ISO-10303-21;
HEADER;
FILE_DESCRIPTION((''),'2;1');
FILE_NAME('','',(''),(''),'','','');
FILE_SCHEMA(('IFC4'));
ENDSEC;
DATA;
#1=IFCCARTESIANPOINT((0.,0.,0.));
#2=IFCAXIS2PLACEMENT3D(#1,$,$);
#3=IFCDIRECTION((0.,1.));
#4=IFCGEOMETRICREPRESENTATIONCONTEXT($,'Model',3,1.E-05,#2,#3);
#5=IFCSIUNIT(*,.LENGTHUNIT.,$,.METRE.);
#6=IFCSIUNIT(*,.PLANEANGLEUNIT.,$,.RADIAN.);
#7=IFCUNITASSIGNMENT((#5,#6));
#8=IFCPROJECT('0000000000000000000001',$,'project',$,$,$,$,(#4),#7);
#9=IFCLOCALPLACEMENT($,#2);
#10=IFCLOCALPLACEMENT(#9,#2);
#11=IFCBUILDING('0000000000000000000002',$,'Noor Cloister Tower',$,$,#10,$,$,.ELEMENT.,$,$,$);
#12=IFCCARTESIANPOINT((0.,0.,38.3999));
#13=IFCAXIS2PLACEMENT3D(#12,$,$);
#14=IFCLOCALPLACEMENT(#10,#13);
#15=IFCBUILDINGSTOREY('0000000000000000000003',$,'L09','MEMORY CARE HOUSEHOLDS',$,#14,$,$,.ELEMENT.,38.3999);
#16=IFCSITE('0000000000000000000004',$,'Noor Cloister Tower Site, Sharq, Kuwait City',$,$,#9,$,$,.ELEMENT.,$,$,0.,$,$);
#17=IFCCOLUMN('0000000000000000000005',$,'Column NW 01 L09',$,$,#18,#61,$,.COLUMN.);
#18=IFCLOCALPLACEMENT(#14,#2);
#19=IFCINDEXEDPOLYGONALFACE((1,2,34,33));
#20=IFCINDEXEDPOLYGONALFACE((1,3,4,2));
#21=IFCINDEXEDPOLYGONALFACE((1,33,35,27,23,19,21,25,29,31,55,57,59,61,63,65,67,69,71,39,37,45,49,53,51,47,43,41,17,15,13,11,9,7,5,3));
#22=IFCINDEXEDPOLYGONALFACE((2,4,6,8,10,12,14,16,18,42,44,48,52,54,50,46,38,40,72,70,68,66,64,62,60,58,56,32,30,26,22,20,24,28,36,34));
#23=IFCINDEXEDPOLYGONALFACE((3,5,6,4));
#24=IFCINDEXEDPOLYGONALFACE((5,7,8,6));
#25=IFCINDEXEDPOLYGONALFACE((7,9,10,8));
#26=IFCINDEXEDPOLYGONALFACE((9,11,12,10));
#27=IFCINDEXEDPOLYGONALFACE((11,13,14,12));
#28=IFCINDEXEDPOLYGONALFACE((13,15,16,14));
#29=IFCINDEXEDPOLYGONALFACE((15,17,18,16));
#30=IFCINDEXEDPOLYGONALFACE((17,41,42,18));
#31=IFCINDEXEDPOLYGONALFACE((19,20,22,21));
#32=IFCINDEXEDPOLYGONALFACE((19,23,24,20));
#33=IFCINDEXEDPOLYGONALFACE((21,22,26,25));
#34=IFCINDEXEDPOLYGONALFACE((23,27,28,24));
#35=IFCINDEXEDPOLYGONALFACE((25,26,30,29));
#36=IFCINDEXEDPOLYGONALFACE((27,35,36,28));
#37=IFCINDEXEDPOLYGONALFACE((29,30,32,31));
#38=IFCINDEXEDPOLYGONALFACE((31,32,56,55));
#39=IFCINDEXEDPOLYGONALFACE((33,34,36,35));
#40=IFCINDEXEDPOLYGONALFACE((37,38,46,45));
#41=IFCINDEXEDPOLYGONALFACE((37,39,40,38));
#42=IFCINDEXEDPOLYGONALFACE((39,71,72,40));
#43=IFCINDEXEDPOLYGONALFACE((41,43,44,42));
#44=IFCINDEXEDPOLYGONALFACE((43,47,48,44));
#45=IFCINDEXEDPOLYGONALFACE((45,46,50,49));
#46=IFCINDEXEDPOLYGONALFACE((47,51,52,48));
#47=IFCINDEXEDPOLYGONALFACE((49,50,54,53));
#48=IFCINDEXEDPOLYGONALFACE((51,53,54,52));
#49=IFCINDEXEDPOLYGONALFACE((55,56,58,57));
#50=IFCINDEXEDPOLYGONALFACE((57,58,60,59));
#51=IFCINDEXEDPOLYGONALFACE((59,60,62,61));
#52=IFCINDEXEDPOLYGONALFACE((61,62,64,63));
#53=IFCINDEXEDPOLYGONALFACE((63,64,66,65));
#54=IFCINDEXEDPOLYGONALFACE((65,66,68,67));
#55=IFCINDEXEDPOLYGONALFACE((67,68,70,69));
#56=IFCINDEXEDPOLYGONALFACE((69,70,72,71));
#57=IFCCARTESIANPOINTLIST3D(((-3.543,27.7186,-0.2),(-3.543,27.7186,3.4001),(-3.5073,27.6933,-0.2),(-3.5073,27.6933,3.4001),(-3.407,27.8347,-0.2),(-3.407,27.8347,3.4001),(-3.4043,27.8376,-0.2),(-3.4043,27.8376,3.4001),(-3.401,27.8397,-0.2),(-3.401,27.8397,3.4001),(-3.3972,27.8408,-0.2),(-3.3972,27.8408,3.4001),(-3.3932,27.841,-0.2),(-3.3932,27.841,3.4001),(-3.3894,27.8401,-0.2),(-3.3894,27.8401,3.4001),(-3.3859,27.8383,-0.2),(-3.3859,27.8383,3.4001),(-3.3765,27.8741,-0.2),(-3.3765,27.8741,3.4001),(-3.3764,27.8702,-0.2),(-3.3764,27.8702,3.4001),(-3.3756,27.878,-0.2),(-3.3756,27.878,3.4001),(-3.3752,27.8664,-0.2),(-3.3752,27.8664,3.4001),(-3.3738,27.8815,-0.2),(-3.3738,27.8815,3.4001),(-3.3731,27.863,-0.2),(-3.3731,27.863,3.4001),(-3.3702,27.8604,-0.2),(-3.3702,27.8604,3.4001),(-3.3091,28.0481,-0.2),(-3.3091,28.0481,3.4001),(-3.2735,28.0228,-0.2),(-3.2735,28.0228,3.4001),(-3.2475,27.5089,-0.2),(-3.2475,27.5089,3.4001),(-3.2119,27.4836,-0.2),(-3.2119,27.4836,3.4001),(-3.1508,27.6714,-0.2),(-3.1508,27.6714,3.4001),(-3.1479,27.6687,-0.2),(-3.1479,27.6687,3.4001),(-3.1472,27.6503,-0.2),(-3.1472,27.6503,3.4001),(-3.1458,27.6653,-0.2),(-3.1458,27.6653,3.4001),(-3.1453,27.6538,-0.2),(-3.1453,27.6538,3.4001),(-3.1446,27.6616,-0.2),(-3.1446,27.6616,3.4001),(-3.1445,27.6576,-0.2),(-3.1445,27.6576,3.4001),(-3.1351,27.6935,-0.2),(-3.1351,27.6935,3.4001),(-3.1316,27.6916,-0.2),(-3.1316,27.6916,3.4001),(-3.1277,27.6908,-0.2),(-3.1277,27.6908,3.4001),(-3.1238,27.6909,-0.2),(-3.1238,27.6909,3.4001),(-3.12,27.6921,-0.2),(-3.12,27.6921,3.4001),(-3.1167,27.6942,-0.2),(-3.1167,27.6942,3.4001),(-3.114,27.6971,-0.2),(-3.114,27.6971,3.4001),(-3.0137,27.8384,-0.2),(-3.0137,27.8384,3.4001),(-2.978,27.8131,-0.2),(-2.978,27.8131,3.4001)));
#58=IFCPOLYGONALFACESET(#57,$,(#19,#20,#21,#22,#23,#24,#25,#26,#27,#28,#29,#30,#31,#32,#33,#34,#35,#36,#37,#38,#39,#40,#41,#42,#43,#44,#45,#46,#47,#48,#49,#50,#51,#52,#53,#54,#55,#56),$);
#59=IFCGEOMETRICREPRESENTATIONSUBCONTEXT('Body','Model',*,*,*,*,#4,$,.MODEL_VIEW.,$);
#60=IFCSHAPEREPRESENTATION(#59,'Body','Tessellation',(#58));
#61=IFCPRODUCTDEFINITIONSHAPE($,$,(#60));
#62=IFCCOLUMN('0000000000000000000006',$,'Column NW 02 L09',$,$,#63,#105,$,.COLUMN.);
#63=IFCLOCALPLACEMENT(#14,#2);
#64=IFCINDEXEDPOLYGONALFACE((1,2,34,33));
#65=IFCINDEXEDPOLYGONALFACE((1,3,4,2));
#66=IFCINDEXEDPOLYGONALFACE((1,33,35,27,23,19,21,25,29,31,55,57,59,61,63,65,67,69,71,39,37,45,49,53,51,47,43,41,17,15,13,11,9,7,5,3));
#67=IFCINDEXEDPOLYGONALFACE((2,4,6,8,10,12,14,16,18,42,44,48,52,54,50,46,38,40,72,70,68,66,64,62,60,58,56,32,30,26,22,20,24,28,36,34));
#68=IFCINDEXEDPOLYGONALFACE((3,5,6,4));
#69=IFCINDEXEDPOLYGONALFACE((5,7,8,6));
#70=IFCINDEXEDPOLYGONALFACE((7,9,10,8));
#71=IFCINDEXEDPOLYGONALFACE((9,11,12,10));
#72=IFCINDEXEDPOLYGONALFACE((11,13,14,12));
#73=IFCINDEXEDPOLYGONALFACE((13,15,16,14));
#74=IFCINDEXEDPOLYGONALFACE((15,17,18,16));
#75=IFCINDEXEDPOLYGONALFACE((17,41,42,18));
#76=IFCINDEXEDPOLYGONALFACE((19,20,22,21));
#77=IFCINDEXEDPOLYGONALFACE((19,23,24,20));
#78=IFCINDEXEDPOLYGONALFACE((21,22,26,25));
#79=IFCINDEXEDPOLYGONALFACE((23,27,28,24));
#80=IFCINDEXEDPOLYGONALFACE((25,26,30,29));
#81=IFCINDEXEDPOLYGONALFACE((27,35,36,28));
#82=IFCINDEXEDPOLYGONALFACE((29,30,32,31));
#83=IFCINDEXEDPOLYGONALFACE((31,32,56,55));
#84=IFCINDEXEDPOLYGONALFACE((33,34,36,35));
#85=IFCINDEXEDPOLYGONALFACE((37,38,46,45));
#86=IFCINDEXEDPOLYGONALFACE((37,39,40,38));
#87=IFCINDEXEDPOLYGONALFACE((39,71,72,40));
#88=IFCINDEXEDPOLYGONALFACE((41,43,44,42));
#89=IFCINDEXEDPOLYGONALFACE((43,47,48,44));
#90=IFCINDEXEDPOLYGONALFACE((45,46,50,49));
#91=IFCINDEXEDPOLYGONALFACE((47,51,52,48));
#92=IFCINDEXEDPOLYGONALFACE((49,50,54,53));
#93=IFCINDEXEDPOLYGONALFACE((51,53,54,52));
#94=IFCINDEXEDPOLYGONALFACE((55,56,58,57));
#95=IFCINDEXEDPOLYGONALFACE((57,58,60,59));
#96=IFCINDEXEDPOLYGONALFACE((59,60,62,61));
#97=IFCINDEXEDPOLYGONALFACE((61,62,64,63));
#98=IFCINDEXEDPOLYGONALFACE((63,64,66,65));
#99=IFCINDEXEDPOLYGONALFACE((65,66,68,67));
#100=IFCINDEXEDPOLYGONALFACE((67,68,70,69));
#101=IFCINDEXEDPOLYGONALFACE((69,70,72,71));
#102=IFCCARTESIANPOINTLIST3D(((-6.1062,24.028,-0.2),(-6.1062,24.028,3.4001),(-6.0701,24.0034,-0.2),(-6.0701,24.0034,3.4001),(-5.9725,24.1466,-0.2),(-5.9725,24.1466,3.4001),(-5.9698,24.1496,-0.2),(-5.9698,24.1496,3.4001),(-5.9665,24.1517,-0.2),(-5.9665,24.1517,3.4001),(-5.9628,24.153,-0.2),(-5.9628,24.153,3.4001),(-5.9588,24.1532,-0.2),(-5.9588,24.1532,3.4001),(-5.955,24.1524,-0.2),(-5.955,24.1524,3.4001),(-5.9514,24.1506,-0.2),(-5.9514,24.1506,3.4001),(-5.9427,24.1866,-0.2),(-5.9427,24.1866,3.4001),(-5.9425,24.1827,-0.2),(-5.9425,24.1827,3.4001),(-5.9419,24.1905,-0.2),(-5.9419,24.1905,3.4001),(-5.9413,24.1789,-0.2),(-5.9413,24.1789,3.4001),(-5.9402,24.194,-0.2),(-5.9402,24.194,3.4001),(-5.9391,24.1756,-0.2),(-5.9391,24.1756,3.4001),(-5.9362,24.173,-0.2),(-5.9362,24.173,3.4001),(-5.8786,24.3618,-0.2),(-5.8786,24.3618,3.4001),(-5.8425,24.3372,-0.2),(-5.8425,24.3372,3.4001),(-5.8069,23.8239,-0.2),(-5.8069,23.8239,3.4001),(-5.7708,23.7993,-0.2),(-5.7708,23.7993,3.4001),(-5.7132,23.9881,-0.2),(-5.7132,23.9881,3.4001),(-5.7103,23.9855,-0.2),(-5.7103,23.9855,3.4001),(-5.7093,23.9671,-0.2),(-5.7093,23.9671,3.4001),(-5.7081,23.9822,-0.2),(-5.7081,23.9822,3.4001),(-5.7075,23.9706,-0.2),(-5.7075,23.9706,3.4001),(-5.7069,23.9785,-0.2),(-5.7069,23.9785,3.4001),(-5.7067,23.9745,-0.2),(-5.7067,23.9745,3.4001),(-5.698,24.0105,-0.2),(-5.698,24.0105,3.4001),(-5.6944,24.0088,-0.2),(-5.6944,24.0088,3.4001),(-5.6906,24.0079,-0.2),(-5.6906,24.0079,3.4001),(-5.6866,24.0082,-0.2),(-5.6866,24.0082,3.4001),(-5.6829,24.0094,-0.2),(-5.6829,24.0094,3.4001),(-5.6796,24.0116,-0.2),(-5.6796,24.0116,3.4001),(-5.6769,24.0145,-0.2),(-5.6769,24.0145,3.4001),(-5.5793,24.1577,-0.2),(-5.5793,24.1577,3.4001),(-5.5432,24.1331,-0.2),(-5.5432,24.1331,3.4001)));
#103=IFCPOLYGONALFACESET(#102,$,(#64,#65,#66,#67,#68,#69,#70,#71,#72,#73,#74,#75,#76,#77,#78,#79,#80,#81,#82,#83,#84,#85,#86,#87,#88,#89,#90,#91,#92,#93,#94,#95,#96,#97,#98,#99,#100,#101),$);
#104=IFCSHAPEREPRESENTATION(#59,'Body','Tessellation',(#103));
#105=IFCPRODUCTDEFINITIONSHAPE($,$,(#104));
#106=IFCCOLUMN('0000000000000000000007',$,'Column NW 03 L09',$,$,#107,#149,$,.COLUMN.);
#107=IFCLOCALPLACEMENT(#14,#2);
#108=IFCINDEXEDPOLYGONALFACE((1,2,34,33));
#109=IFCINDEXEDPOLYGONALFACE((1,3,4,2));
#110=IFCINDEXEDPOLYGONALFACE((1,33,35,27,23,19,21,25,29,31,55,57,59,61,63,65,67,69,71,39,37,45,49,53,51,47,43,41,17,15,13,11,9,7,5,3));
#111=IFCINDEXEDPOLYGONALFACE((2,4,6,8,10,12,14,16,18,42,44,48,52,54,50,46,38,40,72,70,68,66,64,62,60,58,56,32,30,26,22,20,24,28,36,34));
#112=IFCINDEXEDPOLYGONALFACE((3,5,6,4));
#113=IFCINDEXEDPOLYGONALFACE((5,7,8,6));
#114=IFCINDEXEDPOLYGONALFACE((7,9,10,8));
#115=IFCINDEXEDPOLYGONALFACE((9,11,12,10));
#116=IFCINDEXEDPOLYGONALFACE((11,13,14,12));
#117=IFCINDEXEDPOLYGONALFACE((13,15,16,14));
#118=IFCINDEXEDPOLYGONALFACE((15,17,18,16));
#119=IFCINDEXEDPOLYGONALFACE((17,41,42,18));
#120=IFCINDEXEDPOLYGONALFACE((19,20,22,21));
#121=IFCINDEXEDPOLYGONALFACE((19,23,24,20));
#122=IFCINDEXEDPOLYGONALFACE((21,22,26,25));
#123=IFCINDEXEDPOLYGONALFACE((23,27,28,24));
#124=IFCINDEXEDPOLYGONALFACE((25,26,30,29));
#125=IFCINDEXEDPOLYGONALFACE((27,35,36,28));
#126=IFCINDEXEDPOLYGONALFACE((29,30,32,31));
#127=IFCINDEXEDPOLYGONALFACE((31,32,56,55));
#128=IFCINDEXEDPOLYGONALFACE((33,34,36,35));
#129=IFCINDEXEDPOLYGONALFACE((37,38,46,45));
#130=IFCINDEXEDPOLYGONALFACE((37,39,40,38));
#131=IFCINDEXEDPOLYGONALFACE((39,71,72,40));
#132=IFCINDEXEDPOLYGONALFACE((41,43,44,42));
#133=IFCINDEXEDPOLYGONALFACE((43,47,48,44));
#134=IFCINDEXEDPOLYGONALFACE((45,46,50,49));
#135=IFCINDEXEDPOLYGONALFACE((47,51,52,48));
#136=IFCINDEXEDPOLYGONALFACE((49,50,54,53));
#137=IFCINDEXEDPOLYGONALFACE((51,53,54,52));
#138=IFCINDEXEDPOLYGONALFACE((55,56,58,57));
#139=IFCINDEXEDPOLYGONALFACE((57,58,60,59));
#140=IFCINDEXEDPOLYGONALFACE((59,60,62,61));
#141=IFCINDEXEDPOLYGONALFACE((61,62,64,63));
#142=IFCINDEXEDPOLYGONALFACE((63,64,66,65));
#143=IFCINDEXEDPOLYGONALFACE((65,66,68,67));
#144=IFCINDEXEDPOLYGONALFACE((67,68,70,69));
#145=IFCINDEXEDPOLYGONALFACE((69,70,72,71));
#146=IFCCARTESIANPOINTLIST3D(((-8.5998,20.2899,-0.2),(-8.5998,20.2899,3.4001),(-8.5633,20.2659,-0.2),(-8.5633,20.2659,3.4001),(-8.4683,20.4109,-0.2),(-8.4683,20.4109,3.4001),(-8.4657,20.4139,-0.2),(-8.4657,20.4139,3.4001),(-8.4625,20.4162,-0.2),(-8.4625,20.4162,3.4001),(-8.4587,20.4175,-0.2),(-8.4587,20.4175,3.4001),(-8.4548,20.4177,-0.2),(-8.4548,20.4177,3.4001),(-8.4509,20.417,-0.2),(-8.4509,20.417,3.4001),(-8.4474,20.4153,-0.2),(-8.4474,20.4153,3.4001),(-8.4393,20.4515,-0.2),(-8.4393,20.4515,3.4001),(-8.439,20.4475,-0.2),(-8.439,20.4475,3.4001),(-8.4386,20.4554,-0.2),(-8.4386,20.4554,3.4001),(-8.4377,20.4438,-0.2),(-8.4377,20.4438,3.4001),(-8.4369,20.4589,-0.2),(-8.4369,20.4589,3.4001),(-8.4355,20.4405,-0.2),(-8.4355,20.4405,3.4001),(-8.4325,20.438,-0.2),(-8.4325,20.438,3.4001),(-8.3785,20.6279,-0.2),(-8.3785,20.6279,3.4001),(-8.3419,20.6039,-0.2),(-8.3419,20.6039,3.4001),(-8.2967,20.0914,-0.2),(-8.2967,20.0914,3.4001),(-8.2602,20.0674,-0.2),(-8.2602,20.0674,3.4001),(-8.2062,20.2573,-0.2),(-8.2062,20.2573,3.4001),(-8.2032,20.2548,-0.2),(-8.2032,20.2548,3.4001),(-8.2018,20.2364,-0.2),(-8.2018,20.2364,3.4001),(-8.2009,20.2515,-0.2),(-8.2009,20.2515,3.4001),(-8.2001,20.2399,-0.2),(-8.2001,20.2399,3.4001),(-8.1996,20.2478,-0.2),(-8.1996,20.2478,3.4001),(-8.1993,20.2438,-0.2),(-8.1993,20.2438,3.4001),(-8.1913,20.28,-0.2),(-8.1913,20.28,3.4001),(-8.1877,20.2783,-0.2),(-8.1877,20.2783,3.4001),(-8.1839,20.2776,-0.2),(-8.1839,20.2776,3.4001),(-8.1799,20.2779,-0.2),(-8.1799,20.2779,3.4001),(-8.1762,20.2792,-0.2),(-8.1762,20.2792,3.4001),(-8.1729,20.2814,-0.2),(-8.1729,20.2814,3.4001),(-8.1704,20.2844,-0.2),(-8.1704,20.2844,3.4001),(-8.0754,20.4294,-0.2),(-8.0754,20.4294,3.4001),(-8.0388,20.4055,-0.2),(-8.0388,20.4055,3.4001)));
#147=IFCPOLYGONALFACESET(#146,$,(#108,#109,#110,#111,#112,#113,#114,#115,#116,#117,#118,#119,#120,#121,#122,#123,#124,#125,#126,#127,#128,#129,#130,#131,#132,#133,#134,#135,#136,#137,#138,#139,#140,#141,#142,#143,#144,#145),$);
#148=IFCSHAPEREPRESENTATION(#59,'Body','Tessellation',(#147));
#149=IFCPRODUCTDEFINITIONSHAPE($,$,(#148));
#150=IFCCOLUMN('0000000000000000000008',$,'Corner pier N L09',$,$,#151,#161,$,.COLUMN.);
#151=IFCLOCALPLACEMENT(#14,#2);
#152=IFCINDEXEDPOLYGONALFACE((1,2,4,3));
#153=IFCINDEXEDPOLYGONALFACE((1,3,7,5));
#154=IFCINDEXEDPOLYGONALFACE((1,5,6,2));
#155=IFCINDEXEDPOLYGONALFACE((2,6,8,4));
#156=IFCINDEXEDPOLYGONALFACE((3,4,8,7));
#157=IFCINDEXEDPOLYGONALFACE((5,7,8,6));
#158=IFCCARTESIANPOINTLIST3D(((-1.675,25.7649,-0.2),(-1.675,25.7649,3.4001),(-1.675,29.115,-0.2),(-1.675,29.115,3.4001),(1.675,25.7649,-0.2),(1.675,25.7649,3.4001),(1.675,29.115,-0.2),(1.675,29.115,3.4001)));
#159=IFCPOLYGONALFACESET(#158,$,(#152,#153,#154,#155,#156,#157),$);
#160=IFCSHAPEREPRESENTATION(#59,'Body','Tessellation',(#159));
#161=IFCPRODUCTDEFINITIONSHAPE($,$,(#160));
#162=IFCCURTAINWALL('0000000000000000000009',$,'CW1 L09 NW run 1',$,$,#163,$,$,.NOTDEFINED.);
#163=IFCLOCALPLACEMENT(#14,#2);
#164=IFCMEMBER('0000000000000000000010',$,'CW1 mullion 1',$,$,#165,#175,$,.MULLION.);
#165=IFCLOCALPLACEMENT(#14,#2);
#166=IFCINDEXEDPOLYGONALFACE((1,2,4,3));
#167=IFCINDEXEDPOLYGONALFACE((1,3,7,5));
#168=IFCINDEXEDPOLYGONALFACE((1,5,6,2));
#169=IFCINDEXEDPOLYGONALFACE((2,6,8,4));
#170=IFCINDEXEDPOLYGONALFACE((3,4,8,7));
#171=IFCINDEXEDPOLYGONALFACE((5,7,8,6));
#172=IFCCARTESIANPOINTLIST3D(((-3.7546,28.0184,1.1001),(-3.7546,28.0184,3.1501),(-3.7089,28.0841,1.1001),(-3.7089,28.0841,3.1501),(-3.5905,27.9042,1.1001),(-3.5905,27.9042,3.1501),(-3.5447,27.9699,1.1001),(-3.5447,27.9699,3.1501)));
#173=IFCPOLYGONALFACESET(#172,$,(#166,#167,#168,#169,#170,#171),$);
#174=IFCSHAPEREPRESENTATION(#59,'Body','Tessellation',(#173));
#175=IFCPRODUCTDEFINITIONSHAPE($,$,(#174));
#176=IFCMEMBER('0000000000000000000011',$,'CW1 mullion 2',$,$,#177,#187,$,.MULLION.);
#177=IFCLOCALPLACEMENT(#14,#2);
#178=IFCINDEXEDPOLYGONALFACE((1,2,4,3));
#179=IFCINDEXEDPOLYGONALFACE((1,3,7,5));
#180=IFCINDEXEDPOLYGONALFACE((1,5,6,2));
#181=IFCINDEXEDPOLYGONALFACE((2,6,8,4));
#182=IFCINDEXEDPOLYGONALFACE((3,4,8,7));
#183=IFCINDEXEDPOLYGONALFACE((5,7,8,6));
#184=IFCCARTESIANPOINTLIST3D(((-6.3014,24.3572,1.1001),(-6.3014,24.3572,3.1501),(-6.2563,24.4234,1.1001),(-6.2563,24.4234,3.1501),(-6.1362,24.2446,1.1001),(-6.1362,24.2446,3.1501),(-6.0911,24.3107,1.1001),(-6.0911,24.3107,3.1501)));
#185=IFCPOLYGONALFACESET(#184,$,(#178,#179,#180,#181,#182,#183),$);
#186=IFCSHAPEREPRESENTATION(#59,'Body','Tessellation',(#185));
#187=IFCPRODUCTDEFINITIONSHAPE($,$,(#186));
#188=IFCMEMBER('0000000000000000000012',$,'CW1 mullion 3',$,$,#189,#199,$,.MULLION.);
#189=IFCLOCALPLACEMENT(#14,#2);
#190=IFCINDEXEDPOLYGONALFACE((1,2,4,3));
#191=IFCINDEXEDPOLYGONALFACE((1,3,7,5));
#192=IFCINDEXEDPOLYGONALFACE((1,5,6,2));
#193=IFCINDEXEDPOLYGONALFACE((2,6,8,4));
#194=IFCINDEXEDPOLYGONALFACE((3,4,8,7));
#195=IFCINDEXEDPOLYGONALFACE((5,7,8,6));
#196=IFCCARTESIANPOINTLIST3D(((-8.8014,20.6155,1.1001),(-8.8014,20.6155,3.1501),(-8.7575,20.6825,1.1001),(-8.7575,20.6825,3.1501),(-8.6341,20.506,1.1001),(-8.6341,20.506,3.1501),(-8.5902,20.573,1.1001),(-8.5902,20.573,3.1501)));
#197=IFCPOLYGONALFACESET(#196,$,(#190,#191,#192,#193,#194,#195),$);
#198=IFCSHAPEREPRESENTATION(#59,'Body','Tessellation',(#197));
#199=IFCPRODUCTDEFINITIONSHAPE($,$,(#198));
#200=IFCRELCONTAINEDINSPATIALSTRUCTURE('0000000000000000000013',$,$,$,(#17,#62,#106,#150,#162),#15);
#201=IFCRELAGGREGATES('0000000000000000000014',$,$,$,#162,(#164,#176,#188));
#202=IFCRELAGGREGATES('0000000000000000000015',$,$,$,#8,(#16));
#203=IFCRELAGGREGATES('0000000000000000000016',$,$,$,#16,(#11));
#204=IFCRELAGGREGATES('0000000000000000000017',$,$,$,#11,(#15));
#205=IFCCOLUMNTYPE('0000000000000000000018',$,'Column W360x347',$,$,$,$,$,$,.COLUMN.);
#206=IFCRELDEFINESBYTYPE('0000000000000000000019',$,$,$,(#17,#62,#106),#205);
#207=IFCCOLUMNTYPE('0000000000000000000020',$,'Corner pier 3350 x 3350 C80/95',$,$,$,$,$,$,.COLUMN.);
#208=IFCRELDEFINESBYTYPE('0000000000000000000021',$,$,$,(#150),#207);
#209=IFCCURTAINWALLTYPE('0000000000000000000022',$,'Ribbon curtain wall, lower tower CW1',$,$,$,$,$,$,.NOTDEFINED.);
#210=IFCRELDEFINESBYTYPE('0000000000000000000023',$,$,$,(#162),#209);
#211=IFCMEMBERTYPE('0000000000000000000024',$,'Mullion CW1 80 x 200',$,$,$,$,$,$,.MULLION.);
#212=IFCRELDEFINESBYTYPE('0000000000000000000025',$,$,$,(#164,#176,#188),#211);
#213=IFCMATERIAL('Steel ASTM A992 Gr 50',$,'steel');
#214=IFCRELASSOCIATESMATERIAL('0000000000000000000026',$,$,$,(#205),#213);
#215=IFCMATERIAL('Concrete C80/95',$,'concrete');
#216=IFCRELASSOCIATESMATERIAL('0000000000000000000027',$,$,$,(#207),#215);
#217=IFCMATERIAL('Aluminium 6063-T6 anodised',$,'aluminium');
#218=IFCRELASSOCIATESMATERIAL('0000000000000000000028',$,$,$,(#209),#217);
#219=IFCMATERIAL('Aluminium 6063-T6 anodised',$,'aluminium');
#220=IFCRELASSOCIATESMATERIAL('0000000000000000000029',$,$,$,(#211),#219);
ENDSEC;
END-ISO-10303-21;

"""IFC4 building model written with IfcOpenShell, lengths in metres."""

from ifc_helpers import new_model, si_unit, direction, frame, origin, origin_2d, place, context, subcontext, project, spatial, rectangle, i_section, extrude, material, material_profile, profile_set, type_object, element, aggregate, save


model = new_model("IFC4")

# Units and contexts
model_context = context("Model", 3, precision=1e-05, world=origin(), true_north=direction((0.0, 1.0)))
body_context = subcontext(model_context, "Body", "Model", "MODEL_VIEW")
ifc_project = project(units=[si_unit("LENGTHUNIT", "METRE"), si_unit("PLANEANGLEUNIT", "RADIAN")], contexts=[model_context])

# Site, building, storey
site_placement = place(None, origin())
site = spatial("IfcSite", under=ifc_project, at=site_placement, Name="Noor Cloister Tower Site, Sharq, Kuwait City", CompositionType="ELEMENT", RefElevation=0.0)
building_placement = place(site_placement, origin())
building = spatial("IfcBuilding", under=site, at=building_placement, Name="Noor Cloister Tower", CompositionType="ELEMENT")
storey_placement = place(building_placement, frame((0.0, 0.0, 38.3999)))
storey = spatial("IfcBuildingStorey", under=building, at=storey_placement, Name="L09", Description="MEMORY CARE HOUSEHOLDS", CompositionType="ELEMENT", Elevation=38.3999)

# Columns
ifc_material_1 = material(Name="Steel ASTM A992 Gr 50", Category="steel")
ifc_material_profile_1 = material_profile(ifc_material_1, i_section(OverallWidth=0.4041, OverallDepth=0.406, WebThickness=0.0271, FlangeThickness=0.0437, FilletRadius=0.0151, at=origin_2d()), Name="W360x347")
ifc_profile_set_1 = profile_set([ifc_material_profile_1], Name="Steel ASTM A992 Gr 50")
column_type_1 = type_object("IfcColumnType", Name="Column W360x347", PredefinedType="COLUMN", material=ifc_profile_set_1)
for number, where, z_axis, x_axis, name in (
    (1, (-3.2605, 27.7659, -0.2), (0.0, 0.0, 1.0), (-0.578783, -0.815481, 0.0), "Column NW 01 L09"),
    (2, (-5.8247, 24.0806, -0.2), (0.0, 0.0, 1.0), (-0.563411, -0.826177, 0.0), "Column NW 02 L09"),
    (3, (-8.3193, 20.3477, -0.2), (0.0, 0.0, 1.0), (-0.547841, -0.836583, 0.0), "Column NW 03 L09"),
):
    element("IfcColumn", number, at=place(storey_placement, frame(where, z_axis=z_axis, x_axis=x_axis)), inside=storey, type_object=column_type_1, Name=name, PredefinedType="COLUMN", context=body_context, shape_type="SweptSolid", body=[
        extrude(i_section(OverallWidth=0.4041, OverallDepth=0.406, WebThickness=0.0271, FlangeThickness=0.0437, FilletRadius=0.0151, at=origin_2d()), origin(), (0.0, 0.0, 1.0), 3.6001),
    ])
ifc_material_2 = material(Name="Concrete C80/95", Category="concrete")
ifc_material_profile_2 = material_profile(ifc_material_2, rectangle(XDim=3.3501, YDim=3.3501, at=origin_2d()), Name="RC 3350x3350")
ifc_profile_set_2 = profile_set([ifc_material_profile_2], Name="Concrete C80/95")
column_type_2 = type_object("IfcColumnType", Name="Corner pier 3350 x 3350 C80/95", PredefinedType="COLUMN", material=ifc_profile_set_2)
column_placement = place(storey_placement, frame((0.0, 27.4399, -0.2), z_axis=(0.0, 0.0, 1.0), x_axis=(0.0, 1.0, 0.0)))
element("IfcColumn", 4, at=column_placement, inside=storey, type_object=column_type_2, Name="Corner pier N L09", PredefinedType="COLUMN", context=body_context, shape_type="SweptSolid", body=[
    extrude(rectangle(XDim=3.3501, YDim=3.3501, at=origin_2d()), origin(), (0.0, 0.0, 1.0), 3.6001),
])

# Curtain wall, members
ifc_material_3 = material(Name="Aluminium 6063-T6 anodised", Category="aluminium")
curtain_wall_type = type_object("IfcCurtainWallType", Name="Ribbon curtain wall, lower tower CW1", PredefinedType="NOTDEFINED", material=ifc_material_3)
curtain_wall_placement = place(storey_placement, origin())
curtain_wall = element("IfcCurtainWall", 5, at=curtain_wall_placement, inside=storey, type_object=curtain_wall_type, Name="CW1 L09 NW run 1", PredefinedType="NOTDEFINED")
ifc_material_4 = material(Name="Aluminium 6063-T6 anodised", Category="aluminium")
ifc_material_profile_3 = material_profile(ifc_material_4, rectangle(XDim=0.2, YDim=0.0801, at=origin_2d()), Name="200 x 80 mullion")
ifc_profile_set_3 = profile_set([ifc_material_profile_3], Name="Aluminium 6063-T6 anodised")
member_type = type_object("IfcMemberType", Name="Mullion CW1 80 x 200", PredefinedType="MULLION", material=ifc_profile_set_3)
member_1_placement = place(storey_placement, frame((-3.6497, 27.9941, 1.1001), z_axis=(0.0, 0.0, 1.0), x_axis=(0.820865, -0.571122, 0.0)))
member_1 = element("IfcMember", 6, at=member_1_placement, type_object=member_type, Name="CW1 mullion 1", PredefinedType="MULLION", context=body_context, shape_type="SweptSolid", body=[
    extrude(rectangle(XDim=0.2, YDim=0.0801, at=origin_2d()), origin(), (0.0, 0.0, 1.0), 2.05),
])
member_2_placement = place(storey_placement, frame((-6.1963, 24.334, 1.1001), z_axis=(0.0, 0.0, 1.0), x_axis=(0.826177, -0.563411, 0.0)))
member_2 = element("IfcMember", 7, at=member_2_placement, type_object=member_type, Name="CW1 mullion 2", PredefinedType="MULLION", context=body_context, shape_type="SweptSolid", body=[
    extrude(rectangle(XDim=0.2, YDim=0.0801, at=origin_2d()), origin(), (0.0, 0.0, 1.0), 2.05),
])
member_3_placement = place(storey_placement, frame((-8.6958, 20.5942, 1.1001), z_axis=(0.0, 0.0, 1.0), x_axis=(0.836583, -0.547841, 0.0)))
member_3 = element("IfcMember", 8, at=member_3_placement, type_object=member_type, Name="CW1 mullion 3", PredefinedType="MULLION", context=body_context, shape_type="SweptSolid", body=[
    extrude(rectangle(XDim=0.2, YDim=0.0801, at=origin_2d()), origin(), (0.0, 0.0, 1.0), 2.05),
])

aggregate(curtain_wall, [member_1, member_2, member_3])

save(model, "model.ifc")
